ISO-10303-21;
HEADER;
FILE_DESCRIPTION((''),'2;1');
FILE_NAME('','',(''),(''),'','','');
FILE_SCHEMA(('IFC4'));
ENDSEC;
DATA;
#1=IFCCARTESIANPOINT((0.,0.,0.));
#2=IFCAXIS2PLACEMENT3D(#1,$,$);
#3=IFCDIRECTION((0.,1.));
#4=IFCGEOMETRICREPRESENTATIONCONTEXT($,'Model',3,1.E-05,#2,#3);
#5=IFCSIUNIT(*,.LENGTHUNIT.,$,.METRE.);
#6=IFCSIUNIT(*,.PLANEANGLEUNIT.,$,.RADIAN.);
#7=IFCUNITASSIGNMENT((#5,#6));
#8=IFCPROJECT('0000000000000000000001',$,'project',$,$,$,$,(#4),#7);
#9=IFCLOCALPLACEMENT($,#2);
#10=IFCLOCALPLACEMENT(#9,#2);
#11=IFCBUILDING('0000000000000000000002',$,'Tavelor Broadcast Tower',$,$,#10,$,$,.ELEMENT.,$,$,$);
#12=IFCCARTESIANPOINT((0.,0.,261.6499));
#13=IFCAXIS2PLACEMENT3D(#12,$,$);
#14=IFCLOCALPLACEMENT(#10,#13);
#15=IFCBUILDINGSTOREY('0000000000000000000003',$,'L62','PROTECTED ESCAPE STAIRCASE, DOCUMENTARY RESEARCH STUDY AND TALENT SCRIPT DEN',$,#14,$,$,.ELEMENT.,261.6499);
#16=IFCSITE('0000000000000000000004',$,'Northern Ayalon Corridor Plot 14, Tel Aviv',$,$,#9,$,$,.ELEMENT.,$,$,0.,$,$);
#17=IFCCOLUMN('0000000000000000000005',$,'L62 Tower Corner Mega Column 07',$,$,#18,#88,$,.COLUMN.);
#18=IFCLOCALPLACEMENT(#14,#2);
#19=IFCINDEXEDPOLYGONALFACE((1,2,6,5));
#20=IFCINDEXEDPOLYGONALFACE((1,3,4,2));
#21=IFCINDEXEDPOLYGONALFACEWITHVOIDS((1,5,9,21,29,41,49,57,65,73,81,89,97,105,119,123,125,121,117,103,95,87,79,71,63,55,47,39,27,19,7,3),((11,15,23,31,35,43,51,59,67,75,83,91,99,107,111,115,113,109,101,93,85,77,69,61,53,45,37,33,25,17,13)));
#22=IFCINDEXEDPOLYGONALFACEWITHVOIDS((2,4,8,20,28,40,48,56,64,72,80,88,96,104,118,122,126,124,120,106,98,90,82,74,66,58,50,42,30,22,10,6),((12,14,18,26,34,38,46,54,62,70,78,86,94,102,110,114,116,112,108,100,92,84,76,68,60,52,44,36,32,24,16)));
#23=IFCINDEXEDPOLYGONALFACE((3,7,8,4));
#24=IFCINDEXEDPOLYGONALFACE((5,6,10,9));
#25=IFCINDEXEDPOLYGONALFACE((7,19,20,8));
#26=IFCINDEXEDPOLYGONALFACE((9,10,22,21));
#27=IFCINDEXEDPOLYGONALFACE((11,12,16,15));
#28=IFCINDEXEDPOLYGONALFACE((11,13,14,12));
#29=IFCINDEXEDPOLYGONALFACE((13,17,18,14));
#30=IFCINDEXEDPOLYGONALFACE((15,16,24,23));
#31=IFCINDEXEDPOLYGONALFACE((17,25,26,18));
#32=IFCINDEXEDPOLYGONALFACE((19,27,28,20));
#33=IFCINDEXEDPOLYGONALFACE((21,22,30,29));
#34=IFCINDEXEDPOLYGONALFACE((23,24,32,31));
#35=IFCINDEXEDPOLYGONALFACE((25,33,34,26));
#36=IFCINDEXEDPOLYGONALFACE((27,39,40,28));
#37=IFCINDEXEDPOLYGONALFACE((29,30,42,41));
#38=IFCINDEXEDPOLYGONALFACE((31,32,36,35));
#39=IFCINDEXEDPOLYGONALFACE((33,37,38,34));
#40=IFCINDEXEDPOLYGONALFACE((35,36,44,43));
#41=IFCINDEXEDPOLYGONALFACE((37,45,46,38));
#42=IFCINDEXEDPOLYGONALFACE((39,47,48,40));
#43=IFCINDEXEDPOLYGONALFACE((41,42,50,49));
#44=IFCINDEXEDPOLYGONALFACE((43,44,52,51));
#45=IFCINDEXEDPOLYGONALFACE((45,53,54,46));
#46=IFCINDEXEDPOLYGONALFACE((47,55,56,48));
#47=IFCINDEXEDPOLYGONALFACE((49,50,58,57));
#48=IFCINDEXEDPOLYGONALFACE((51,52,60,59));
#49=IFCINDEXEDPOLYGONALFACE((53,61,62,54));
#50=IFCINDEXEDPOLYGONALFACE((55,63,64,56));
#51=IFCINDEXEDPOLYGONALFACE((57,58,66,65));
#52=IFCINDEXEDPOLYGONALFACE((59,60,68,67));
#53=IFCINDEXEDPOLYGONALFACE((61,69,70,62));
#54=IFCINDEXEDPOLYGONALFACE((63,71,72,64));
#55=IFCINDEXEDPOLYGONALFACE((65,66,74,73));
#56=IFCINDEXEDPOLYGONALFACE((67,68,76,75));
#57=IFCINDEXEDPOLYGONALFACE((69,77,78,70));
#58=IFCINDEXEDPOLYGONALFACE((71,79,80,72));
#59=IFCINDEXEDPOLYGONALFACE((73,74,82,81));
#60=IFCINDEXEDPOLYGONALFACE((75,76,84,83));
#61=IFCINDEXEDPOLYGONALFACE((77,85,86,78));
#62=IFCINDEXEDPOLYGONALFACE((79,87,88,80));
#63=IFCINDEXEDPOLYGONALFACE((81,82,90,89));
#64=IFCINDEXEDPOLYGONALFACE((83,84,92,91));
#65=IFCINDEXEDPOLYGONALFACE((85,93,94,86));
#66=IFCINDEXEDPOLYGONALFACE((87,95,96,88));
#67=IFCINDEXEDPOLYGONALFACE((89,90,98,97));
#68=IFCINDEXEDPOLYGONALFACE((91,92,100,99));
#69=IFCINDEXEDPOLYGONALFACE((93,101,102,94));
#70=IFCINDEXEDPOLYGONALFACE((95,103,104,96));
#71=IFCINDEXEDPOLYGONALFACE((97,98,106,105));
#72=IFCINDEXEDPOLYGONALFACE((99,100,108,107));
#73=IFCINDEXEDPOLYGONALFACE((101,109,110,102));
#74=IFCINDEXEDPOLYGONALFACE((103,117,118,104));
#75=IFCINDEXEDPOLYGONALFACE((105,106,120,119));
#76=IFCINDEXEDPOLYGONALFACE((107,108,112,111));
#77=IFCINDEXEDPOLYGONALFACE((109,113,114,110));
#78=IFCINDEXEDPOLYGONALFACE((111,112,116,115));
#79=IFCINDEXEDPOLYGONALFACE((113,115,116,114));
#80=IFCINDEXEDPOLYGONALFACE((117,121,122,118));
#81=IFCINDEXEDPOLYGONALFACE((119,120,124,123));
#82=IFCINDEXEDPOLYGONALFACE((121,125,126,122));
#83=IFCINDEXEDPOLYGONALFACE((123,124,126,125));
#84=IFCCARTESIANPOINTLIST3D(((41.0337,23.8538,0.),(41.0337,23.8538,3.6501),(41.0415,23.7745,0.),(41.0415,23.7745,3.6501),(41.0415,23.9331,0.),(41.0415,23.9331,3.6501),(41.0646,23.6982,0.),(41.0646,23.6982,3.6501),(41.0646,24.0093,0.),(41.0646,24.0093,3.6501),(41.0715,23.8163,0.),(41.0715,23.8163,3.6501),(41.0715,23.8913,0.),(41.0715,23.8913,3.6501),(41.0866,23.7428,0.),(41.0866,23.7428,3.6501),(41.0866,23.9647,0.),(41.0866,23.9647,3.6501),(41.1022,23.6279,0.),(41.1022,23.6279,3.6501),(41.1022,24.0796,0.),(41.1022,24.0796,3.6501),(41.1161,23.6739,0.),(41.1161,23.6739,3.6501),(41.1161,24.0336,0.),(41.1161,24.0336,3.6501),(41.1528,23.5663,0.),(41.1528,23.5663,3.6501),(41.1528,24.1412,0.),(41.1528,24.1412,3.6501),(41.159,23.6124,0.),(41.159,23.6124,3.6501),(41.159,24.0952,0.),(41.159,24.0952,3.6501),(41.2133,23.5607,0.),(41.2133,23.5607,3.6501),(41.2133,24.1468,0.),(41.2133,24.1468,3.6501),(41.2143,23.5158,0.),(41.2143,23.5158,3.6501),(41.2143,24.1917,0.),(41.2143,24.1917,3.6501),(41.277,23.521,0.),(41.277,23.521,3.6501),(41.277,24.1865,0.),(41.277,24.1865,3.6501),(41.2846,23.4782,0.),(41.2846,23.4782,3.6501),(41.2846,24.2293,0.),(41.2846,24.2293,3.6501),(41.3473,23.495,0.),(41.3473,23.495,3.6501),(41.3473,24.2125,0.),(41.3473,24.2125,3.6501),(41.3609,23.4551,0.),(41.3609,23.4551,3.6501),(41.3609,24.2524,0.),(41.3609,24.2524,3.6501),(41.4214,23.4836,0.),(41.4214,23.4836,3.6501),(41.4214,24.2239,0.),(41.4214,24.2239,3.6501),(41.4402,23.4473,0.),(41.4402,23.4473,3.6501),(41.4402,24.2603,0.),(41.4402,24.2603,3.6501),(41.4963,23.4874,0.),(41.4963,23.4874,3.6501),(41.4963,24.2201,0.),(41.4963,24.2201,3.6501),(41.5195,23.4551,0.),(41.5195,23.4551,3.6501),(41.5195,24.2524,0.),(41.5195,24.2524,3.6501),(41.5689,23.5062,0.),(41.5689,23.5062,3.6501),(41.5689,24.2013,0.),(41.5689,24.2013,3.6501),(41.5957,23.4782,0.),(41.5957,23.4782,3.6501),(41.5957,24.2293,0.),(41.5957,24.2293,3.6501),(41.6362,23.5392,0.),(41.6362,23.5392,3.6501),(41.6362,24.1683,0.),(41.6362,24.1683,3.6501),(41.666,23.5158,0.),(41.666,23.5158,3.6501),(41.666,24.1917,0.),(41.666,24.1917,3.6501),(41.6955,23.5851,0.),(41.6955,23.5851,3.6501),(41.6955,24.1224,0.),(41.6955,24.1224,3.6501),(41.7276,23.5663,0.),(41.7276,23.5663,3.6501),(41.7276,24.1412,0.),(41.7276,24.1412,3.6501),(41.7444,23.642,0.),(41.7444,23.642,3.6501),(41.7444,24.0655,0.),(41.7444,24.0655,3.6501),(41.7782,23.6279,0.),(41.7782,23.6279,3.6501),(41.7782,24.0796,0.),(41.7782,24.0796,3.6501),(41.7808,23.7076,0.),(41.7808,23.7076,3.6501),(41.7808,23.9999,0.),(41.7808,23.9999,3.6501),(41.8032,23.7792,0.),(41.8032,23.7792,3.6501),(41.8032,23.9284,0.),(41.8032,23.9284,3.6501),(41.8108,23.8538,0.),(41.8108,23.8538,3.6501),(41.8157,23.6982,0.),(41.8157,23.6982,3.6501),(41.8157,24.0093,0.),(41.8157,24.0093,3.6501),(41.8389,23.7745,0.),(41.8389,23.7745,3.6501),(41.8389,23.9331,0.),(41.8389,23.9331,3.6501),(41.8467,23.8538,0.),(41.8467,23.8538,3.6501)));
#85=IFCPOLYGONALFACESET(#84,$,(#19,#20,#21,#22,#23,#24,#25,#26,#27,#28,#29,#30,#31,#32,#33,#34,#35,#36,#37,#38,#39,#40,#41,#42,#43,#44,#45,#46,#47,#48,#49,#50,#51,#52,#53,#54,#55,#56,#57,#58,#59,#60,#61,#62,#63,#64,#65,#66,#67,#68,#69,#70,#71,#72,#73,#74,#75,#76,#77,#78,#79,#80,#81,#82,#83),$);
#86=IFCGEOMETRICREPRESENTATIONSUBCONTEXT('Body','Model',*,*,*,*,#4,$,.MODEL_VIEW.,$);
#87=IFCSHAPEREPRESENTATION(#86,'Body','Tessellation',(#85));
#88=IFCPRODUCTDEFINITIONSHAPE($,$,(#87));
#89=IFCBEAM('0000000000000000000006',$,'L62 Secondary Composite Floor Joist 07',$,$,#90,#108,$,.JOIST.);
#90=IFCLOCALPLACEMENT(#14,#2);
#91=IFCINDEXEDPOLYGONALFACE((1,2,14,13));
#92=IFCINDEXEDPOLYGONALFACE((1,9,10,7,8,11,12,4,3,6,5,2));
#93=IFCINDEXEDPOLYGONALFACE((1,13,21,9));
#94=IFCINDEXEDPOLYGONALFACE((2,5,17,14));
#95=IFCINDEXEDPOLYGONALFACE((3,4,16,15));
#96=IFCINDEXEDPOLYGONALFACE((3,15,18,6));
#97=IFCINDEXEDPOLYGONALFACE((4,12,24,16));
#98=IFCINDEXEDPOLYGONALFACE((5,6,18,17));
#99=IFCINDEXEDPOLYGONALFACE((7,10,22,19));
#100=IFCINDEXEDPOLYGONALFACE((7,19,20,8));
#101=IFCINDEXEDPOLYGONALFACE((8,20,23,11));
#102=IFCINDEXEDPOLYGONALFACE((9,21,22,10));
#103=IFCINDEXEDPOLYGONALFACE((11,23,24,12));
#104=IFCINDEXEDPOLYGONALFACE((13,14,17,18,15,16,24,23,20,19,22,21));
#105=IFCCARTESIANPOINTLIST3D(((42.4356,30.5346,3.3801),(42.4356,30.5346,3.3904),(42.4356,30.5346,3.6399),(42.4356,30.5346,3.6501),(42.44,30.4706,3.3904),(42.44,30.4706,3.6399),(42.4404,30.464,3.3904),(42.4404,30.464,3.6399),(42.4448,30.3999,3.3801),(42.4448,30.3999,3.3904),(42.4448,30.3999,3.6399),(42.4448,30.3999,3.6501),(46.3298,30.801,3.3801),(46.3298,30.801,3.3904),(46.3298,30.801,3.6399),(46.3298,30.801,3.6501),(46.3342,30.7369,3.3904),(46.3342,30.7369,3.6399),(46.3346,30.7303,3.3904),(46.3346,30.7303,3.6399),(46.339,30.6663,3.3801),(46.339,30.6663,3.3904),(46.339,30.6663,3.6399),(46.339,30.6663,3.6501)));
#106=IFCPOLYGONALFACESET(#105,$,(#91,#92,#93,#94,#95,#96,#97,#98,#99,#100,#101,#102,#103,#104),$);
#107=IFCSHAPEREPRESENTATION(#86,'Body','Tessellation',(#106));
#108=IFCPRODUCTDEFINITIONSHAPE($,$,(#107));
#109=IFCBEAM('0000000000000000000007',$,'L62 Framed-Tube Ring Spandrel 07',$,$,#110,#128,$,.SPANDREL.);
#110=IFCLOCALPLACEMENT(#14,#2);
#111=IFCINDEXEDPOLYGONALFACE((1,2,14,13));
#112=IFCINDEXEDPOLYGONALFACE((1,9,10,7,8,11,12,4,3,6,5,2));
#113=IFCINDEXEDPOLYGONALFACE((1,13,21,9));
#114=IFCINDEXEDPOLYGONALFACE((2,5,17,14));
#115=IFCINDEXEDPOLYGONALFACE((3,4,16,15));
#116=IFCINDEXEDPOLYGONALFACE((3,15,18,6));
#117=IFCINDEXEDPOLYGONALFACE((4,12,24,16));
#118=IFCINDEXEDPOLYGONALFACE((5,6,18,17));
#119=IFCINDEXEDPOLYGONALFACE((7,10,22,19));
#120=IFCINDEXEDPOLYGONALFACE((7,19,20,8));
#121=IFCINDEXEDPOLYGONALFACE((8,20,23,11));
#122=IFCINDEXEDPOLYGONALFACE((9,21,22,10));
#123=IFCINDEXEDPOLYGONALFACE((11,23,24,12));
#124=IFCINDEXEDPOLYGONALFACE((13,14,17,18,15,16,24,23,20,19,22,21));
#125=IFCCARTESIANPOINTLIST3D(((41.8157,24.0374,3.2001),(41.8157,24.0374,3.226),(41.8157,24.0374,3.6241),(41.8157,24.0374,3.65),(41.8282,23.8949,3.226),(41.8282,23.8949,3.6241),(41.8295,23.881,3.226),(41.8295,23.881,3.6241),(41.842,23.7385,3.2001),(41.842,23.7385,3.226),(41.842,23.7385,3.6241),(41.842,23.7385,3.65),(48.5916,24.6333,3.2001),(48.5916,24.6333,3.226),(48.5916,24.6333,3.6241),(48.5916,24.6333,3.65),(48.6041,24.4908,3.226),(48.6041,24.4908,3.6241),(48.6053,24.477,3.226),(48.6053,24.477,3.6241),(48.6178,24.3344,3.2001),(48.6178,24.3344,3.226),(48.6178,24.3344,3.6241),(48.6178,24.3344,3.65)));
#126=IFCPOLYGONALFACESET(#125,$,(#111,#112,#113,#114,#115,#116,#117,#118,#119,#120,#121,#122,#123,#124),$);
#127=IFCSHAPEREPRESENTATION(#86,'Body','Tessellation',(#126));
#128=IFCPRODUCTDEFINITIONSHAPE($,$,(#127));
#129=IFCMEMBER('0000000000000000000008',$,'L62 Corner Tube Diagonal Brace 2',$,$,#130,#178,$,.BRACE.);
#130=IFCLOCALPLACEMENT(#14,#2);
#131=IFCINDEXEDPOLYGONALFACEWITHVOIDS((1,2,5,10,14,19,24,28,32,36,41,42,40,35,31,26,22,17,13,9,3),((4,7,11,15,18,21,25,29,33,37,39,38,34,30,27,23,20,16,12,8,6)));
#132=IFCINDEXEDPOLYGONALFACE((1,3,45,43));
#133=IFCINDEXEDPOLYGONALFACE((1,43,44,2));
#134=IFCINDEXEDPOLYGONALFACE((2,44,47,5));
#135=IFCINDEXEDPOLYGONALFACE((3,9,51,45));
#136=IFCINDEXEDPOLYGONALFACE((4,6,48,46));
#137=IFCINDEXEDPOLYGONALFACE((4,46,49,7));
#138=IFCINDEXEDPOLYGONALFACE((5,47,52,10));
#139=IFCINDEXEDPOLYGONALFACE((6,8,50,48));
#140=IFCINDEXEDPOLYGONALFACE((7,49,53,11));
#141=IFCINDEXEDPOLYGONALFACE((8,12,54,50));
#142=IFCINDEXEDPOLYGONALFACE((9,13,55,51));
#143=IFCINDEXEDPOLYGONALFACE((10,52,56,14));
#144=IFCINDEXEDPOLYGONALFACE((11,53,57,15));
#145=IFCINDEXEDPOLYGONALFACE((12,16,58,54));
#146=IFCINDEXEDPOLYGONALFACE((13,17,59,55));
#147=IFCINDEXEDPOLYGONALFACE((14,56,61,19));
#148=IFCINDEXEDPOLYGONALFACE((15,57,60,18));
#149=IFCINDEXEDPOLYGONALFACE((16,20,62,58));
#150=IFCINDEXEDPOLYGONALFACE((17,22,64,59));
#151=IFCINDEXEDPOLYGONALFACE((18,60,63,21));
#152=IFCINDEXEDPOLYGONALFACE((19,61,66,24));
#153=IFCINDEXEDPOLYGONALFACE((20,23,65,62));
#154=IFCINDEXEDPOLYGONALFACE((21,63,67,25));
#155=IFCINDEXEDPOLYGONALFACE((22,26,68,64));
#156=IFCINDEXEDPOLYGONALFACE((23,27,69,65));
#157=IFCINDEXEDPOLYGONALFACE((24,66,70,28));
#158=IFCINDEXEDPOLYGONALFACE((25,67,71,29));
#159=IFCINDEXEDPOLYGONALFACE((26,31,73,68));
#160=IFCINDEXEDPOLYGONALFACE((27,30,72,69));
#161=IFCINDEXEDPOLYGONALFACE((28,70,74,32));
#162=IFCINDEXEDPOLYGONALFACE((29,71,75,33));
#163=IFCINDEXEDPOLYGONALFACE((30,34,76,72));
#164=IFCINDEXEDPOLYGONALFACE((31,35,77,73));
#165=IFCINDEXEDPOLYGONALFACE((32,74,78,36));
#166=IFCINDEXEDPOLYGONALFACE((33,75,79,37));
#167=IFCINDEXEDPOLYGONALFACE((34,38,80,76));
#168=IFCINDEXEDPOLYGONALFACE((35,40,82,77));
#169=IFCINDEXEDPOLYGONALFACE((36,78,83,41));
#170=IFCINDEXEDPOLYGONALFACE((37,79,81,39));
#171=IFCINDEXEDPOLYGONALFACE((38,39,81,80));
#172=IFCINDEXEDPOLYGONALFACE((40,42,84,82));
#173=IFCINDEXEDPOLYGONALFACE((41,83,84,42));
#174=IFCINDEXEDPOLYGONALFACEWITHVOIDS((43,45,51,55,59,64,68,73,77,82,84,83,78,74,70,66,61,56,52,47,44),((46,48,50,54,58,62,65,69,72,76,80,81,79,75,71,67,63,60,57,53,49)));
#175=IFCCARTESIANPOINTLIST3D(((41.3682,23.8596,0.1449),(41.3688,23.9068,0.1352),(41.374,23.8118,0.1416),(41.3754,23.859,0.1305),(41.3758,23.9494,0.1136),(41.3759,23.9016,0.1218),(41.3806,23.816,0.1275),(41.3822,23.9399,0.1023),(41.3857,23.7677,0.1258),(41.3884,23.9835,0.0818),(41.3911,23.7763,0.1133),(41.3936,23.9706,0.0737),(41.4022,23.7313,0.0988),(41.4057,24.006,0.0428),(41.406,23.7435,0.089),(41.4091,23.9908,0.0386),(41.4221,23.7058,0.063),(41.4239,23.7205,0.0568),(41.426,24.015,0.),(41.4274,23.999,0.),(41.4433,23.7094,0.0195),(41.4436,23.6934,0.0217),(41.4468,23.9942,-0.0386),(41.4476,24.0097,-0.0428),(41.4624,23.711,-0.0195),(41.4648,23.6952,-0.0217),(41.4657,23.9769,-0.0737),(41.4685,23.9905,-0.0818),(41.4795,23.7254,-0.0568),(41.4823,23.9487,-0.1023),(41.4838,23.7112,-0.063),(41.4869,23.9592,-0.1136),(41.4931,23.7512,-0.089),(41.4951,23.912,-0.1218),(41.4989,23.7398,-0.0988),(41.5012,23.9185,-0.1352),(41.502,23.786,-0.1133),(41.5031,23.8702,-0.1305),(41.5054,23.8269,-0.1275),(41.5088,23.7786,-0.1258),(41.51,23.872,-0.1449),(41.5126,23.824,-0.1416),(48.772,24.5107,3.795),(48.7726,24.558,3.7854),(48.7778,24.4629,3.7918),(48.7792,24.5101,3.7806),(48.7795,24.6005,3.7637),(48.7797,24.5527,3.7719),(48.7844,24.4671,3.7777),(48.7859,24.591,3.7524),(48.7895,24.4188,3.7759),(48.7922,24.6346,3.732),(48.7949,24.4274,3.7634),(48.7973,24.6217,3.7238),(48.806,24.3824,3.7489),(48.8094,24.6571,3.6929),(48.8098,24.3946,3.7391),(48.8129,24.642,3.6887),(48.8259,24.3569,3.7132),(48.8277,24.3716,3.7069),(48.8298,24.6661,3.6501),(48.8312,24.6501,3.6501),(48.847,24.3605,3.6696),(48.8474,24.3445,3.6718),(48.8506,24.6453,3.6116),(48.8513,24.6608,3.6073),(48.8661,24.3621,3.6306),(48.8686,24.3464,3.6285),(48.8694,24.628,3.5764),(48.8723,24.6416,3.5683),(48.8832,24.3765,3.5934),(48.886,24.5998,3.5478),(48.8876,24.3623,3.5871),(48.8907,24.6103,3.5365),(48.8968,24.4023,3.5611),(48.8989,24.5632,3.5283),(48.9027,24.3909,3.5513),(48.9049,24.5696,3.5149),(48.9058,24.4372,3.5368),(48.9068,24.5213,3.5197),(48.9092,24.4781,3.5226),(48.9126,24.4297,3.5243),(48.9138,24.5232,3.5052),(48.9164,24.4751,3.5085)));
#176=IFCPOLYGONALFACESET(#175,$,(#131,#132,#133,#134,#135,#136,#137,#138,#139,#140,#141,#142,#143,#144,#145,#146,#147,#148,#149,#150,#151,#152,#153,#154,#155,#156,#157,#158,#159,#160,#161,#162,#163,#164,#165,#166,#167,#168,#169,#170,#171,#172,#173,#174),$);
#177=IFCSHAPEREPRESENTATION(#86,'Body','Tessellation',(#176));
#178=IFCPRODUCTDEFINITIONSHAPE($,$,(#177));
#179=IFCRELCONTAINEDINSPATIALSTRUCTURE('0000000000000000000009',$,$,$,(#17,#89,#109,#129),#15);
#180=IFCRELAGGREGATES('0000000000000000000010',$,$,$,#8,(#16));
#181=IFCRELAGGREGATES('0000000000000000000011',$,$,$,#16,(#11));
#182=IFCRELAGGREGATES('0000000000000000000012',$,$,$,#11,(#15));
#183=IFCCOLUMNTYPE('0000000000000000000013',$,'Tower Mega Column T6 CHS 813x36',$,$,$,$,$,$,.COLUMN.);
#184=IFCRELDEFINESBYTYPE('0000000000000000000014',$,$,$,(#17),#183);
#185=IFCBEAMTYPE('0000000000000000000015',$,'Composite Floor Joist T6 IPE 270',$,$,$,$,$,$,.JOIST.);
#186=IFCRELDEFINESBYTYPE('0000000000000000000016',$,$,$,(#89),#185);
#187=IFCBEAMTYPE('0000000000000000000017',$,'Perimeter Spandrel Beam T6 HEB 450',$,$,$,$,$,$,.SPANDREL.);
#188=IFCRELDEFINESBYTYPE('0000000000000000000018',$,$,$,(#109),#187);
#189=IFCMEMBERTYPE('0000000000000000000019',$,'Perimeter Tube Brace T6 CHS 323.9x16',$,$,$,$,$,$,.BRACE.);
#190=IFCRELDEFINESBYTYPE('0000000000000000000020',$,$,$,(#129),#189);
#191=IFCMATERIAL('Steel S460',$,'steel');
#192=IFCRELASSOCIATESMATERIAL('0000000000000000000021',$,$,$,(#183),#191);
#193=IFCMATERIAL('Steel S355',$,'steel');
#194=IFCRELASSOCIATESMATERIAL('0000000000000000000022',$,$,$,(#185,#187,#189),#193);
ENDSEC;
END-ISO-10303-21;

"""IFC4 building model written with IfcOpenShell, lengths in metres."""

from ifc_helpers import new_model, si_unit, direction, frame, origin, origin_2d, place, context, subcontext, project, spatial, hollow_circle, i_section, extrude, material, material_profile, profile_set, type_object, element, save


model = new_model("IFC4")

# Units and contexts
model_context = context("Model", 3, precision=1e-05, world=origin(), true_north=direction((0.0, 1.0)))
body_context = subcontext(model_context, "Body", "Model", "MODEL_VIEW")
ifc_project = project(units=[si_unit("LENGTHUNIT", "METRE"), si_unit("PLANEANGLEUNIT", "RADIAN")], contexts=[model_context])

# Site, building, storey
site_placement = place(None, origin())
site = spatial("IfcSite", under=ifc_project, at=site_placement, Name="Northern Ayalon Corridor Plot 14, Tel Aviv", CompositionType="ELEMENT", RefElevation=0.0)
building_placement = place(site_placement, origin())
building = spatial("IfcBuilding", under=site, at=building_placement, Name="Tavelor Broadcast Tower", CompositionType="ELEMENT")
storey_placement = place(building_placement, frame((0.0, 0.0, 261.6499)))
storey = spatial("IfcBuildingStorey", under=building, at=storey_placement, Name="L62", Description="PROTECTED ESCAPE STAIRCASE, DOCUMENTARY RESEARCH STUDY AND TALENT SCRIPT DEN", CompositionType="ELEMENT", Elevation=261.6499)

# Column
ifc_material_1 = material(Name="Steel S460", Category="steel")
ifc_material_profile_1 = material_profile(ifc_material_1, hollow_circle(Radius=0.4065, WallThickness=0.0359, at=origin_2d()), Name="CHS 813x36")
ifc_profile_set_1 = profile_set([ifc_material_profile_1], Name="Steel S460")
column_type = type_object("IfcColumnType", Name="Tower Mega Column T6 CHS 813x36", PredefinedType="COLUMN", material=ifc_profile_set_1)
column_placement = place(storey_placement, frame((41.4402, 23.8538, 0.0), z_axis=(0.0, 0.0, 1.0), x_axis=(1.0, 0.0, 0.0)))
element("IfcColumn", 1, at=column_placement, inside=storey, type_object=column_type, Name="L62 Tower Corner Mega Column 07", PredefinedType="COLUMN", context=body_context, shape_type="SweptSolid", body=[
    extrude(hollow_circle(Radius=0.4065, WallThickness=0.0359, at=origin_2d()), origin(), (0.0, 0.0, 1.0), 3.6501),
])

# Beams
ifc_material_2 = material(Name="Steel S355", Category="steel")
ifc_material_profile_2 = material_profile(ifc_material_2, i_section(OverallWidth=0.135, OverallDepth=0.27, WebThickness=0.0066, FlangeThickness=0.0103, at=origin_2d()), Name="IPE 270")
ifc_profile_set_2 = profile_set([ifc_material_profile_2], Name="Steel S355")
beam_type_1 = type_object("IfcBeamType", Name="Composite Floor Joist T6 IPE 270", PredefinedType="JOIST", material=ifc_profile_set_2)
beam_1_placement = place(storey_placement, frame((42.4402, 30.4673, 3.5151), z_axis=(0.997669, 0.068238, 0.0), x_axis=(-0.068238, 0.997669, 0.0)))
element("IfcBeam", 2, at=beam_1_placement, inside=storey, type_object=beam_type_1, Name="L62 Secondary Composite Floor Joist 07", PredefinedType="JOIST", context=body_context, shape_type="SweptSolid", body=[
    extrude(i_section(OverallWidth=0.135, OverallDepth=0.27, WebThickness=0.0066, FlangeThickness=0.0103, at=origin_2d()), origin(), (0.0, 0.0, 1.0), 3.9033),
])
ifc_material_profile_3 = material_profile(ifc_material_2, i_section(OverallWidth=0.3, OverallDepth=0.45, WebThickness=0.0139, FlangeThickness=0.0259, at=origin_2d()), Name="HEB 450")
ifc_profile_set_3 = profile_set([ifc_material_profile_3], Name="Steel S355")
beam_type_2 = type_object("IfcBeamType", Name="Perimeter Spandrel Beam T6 HEB 450", PredefinedType="SPANDREL", material=ifc_profile_set_3)
beam_2_placement = place(storey_placement, frame((41.8289, 23.8879, 3.425), z_axis=(0.996155, 0.087613, 0.0), x_axis=(-0.087613, 0.996155, 0.0)))
element("IfcBeam", 3, at=beam_2_placement, inside=storey, type_object=beam_type_2, Name="L62 Framed-Tube Ring Spandrel 07", PredefinedType="SPANDREL", context=body_context, shape_type="SweptSolid", body=[
    extrude(i_section(OverallWidth=0.3, OverallDepth=0.45, WebThickness=0.0139, FlangeThickness=0.0259, at=origin_2d()), origin(), (0.0, 0.0, 1.0), 6.802),
])

# Member
ifc_material_profile_4 = material_profile(ifc_material_2, hollow_circle(Radius=0.1619, WallThickness=0.0161, at=origin_2d()), Name="CHS 323.9x16")
ifc_profile_set_4 = profile_set([ifc_material_profile_4], Name="Steel S355")
member_type_1 = type_object("IfcMemberType", Name="Perimeter Tube Brace T6 CHS 323.9x16", PredefinedType="BRACE", material=ifc_profile_set_4)
member_1_placement = place(storey_placement, frame((41.4402, 23.8538, 0.0), z_axis=(0.894144, 0.078635, 0.440821), x_axis=(-0.087606, 0.996155, 0.0)))
element("IfcMember", 4, at=member_1_placement, inside=storey, type_object=member_type_1, Name="L62 Corner Tube Diagonal Brace 2", PredefinedType="BRACE", context=body_context, shape_type="SweptSolid", body=[
    extrude(hollow_circle(Radius=0.1619, WallThickness=0.0161, at=origin_2d()), origin(), (0.0, 0.0, 1.0), 8.2803),
])

save(model, "model.ifc")
